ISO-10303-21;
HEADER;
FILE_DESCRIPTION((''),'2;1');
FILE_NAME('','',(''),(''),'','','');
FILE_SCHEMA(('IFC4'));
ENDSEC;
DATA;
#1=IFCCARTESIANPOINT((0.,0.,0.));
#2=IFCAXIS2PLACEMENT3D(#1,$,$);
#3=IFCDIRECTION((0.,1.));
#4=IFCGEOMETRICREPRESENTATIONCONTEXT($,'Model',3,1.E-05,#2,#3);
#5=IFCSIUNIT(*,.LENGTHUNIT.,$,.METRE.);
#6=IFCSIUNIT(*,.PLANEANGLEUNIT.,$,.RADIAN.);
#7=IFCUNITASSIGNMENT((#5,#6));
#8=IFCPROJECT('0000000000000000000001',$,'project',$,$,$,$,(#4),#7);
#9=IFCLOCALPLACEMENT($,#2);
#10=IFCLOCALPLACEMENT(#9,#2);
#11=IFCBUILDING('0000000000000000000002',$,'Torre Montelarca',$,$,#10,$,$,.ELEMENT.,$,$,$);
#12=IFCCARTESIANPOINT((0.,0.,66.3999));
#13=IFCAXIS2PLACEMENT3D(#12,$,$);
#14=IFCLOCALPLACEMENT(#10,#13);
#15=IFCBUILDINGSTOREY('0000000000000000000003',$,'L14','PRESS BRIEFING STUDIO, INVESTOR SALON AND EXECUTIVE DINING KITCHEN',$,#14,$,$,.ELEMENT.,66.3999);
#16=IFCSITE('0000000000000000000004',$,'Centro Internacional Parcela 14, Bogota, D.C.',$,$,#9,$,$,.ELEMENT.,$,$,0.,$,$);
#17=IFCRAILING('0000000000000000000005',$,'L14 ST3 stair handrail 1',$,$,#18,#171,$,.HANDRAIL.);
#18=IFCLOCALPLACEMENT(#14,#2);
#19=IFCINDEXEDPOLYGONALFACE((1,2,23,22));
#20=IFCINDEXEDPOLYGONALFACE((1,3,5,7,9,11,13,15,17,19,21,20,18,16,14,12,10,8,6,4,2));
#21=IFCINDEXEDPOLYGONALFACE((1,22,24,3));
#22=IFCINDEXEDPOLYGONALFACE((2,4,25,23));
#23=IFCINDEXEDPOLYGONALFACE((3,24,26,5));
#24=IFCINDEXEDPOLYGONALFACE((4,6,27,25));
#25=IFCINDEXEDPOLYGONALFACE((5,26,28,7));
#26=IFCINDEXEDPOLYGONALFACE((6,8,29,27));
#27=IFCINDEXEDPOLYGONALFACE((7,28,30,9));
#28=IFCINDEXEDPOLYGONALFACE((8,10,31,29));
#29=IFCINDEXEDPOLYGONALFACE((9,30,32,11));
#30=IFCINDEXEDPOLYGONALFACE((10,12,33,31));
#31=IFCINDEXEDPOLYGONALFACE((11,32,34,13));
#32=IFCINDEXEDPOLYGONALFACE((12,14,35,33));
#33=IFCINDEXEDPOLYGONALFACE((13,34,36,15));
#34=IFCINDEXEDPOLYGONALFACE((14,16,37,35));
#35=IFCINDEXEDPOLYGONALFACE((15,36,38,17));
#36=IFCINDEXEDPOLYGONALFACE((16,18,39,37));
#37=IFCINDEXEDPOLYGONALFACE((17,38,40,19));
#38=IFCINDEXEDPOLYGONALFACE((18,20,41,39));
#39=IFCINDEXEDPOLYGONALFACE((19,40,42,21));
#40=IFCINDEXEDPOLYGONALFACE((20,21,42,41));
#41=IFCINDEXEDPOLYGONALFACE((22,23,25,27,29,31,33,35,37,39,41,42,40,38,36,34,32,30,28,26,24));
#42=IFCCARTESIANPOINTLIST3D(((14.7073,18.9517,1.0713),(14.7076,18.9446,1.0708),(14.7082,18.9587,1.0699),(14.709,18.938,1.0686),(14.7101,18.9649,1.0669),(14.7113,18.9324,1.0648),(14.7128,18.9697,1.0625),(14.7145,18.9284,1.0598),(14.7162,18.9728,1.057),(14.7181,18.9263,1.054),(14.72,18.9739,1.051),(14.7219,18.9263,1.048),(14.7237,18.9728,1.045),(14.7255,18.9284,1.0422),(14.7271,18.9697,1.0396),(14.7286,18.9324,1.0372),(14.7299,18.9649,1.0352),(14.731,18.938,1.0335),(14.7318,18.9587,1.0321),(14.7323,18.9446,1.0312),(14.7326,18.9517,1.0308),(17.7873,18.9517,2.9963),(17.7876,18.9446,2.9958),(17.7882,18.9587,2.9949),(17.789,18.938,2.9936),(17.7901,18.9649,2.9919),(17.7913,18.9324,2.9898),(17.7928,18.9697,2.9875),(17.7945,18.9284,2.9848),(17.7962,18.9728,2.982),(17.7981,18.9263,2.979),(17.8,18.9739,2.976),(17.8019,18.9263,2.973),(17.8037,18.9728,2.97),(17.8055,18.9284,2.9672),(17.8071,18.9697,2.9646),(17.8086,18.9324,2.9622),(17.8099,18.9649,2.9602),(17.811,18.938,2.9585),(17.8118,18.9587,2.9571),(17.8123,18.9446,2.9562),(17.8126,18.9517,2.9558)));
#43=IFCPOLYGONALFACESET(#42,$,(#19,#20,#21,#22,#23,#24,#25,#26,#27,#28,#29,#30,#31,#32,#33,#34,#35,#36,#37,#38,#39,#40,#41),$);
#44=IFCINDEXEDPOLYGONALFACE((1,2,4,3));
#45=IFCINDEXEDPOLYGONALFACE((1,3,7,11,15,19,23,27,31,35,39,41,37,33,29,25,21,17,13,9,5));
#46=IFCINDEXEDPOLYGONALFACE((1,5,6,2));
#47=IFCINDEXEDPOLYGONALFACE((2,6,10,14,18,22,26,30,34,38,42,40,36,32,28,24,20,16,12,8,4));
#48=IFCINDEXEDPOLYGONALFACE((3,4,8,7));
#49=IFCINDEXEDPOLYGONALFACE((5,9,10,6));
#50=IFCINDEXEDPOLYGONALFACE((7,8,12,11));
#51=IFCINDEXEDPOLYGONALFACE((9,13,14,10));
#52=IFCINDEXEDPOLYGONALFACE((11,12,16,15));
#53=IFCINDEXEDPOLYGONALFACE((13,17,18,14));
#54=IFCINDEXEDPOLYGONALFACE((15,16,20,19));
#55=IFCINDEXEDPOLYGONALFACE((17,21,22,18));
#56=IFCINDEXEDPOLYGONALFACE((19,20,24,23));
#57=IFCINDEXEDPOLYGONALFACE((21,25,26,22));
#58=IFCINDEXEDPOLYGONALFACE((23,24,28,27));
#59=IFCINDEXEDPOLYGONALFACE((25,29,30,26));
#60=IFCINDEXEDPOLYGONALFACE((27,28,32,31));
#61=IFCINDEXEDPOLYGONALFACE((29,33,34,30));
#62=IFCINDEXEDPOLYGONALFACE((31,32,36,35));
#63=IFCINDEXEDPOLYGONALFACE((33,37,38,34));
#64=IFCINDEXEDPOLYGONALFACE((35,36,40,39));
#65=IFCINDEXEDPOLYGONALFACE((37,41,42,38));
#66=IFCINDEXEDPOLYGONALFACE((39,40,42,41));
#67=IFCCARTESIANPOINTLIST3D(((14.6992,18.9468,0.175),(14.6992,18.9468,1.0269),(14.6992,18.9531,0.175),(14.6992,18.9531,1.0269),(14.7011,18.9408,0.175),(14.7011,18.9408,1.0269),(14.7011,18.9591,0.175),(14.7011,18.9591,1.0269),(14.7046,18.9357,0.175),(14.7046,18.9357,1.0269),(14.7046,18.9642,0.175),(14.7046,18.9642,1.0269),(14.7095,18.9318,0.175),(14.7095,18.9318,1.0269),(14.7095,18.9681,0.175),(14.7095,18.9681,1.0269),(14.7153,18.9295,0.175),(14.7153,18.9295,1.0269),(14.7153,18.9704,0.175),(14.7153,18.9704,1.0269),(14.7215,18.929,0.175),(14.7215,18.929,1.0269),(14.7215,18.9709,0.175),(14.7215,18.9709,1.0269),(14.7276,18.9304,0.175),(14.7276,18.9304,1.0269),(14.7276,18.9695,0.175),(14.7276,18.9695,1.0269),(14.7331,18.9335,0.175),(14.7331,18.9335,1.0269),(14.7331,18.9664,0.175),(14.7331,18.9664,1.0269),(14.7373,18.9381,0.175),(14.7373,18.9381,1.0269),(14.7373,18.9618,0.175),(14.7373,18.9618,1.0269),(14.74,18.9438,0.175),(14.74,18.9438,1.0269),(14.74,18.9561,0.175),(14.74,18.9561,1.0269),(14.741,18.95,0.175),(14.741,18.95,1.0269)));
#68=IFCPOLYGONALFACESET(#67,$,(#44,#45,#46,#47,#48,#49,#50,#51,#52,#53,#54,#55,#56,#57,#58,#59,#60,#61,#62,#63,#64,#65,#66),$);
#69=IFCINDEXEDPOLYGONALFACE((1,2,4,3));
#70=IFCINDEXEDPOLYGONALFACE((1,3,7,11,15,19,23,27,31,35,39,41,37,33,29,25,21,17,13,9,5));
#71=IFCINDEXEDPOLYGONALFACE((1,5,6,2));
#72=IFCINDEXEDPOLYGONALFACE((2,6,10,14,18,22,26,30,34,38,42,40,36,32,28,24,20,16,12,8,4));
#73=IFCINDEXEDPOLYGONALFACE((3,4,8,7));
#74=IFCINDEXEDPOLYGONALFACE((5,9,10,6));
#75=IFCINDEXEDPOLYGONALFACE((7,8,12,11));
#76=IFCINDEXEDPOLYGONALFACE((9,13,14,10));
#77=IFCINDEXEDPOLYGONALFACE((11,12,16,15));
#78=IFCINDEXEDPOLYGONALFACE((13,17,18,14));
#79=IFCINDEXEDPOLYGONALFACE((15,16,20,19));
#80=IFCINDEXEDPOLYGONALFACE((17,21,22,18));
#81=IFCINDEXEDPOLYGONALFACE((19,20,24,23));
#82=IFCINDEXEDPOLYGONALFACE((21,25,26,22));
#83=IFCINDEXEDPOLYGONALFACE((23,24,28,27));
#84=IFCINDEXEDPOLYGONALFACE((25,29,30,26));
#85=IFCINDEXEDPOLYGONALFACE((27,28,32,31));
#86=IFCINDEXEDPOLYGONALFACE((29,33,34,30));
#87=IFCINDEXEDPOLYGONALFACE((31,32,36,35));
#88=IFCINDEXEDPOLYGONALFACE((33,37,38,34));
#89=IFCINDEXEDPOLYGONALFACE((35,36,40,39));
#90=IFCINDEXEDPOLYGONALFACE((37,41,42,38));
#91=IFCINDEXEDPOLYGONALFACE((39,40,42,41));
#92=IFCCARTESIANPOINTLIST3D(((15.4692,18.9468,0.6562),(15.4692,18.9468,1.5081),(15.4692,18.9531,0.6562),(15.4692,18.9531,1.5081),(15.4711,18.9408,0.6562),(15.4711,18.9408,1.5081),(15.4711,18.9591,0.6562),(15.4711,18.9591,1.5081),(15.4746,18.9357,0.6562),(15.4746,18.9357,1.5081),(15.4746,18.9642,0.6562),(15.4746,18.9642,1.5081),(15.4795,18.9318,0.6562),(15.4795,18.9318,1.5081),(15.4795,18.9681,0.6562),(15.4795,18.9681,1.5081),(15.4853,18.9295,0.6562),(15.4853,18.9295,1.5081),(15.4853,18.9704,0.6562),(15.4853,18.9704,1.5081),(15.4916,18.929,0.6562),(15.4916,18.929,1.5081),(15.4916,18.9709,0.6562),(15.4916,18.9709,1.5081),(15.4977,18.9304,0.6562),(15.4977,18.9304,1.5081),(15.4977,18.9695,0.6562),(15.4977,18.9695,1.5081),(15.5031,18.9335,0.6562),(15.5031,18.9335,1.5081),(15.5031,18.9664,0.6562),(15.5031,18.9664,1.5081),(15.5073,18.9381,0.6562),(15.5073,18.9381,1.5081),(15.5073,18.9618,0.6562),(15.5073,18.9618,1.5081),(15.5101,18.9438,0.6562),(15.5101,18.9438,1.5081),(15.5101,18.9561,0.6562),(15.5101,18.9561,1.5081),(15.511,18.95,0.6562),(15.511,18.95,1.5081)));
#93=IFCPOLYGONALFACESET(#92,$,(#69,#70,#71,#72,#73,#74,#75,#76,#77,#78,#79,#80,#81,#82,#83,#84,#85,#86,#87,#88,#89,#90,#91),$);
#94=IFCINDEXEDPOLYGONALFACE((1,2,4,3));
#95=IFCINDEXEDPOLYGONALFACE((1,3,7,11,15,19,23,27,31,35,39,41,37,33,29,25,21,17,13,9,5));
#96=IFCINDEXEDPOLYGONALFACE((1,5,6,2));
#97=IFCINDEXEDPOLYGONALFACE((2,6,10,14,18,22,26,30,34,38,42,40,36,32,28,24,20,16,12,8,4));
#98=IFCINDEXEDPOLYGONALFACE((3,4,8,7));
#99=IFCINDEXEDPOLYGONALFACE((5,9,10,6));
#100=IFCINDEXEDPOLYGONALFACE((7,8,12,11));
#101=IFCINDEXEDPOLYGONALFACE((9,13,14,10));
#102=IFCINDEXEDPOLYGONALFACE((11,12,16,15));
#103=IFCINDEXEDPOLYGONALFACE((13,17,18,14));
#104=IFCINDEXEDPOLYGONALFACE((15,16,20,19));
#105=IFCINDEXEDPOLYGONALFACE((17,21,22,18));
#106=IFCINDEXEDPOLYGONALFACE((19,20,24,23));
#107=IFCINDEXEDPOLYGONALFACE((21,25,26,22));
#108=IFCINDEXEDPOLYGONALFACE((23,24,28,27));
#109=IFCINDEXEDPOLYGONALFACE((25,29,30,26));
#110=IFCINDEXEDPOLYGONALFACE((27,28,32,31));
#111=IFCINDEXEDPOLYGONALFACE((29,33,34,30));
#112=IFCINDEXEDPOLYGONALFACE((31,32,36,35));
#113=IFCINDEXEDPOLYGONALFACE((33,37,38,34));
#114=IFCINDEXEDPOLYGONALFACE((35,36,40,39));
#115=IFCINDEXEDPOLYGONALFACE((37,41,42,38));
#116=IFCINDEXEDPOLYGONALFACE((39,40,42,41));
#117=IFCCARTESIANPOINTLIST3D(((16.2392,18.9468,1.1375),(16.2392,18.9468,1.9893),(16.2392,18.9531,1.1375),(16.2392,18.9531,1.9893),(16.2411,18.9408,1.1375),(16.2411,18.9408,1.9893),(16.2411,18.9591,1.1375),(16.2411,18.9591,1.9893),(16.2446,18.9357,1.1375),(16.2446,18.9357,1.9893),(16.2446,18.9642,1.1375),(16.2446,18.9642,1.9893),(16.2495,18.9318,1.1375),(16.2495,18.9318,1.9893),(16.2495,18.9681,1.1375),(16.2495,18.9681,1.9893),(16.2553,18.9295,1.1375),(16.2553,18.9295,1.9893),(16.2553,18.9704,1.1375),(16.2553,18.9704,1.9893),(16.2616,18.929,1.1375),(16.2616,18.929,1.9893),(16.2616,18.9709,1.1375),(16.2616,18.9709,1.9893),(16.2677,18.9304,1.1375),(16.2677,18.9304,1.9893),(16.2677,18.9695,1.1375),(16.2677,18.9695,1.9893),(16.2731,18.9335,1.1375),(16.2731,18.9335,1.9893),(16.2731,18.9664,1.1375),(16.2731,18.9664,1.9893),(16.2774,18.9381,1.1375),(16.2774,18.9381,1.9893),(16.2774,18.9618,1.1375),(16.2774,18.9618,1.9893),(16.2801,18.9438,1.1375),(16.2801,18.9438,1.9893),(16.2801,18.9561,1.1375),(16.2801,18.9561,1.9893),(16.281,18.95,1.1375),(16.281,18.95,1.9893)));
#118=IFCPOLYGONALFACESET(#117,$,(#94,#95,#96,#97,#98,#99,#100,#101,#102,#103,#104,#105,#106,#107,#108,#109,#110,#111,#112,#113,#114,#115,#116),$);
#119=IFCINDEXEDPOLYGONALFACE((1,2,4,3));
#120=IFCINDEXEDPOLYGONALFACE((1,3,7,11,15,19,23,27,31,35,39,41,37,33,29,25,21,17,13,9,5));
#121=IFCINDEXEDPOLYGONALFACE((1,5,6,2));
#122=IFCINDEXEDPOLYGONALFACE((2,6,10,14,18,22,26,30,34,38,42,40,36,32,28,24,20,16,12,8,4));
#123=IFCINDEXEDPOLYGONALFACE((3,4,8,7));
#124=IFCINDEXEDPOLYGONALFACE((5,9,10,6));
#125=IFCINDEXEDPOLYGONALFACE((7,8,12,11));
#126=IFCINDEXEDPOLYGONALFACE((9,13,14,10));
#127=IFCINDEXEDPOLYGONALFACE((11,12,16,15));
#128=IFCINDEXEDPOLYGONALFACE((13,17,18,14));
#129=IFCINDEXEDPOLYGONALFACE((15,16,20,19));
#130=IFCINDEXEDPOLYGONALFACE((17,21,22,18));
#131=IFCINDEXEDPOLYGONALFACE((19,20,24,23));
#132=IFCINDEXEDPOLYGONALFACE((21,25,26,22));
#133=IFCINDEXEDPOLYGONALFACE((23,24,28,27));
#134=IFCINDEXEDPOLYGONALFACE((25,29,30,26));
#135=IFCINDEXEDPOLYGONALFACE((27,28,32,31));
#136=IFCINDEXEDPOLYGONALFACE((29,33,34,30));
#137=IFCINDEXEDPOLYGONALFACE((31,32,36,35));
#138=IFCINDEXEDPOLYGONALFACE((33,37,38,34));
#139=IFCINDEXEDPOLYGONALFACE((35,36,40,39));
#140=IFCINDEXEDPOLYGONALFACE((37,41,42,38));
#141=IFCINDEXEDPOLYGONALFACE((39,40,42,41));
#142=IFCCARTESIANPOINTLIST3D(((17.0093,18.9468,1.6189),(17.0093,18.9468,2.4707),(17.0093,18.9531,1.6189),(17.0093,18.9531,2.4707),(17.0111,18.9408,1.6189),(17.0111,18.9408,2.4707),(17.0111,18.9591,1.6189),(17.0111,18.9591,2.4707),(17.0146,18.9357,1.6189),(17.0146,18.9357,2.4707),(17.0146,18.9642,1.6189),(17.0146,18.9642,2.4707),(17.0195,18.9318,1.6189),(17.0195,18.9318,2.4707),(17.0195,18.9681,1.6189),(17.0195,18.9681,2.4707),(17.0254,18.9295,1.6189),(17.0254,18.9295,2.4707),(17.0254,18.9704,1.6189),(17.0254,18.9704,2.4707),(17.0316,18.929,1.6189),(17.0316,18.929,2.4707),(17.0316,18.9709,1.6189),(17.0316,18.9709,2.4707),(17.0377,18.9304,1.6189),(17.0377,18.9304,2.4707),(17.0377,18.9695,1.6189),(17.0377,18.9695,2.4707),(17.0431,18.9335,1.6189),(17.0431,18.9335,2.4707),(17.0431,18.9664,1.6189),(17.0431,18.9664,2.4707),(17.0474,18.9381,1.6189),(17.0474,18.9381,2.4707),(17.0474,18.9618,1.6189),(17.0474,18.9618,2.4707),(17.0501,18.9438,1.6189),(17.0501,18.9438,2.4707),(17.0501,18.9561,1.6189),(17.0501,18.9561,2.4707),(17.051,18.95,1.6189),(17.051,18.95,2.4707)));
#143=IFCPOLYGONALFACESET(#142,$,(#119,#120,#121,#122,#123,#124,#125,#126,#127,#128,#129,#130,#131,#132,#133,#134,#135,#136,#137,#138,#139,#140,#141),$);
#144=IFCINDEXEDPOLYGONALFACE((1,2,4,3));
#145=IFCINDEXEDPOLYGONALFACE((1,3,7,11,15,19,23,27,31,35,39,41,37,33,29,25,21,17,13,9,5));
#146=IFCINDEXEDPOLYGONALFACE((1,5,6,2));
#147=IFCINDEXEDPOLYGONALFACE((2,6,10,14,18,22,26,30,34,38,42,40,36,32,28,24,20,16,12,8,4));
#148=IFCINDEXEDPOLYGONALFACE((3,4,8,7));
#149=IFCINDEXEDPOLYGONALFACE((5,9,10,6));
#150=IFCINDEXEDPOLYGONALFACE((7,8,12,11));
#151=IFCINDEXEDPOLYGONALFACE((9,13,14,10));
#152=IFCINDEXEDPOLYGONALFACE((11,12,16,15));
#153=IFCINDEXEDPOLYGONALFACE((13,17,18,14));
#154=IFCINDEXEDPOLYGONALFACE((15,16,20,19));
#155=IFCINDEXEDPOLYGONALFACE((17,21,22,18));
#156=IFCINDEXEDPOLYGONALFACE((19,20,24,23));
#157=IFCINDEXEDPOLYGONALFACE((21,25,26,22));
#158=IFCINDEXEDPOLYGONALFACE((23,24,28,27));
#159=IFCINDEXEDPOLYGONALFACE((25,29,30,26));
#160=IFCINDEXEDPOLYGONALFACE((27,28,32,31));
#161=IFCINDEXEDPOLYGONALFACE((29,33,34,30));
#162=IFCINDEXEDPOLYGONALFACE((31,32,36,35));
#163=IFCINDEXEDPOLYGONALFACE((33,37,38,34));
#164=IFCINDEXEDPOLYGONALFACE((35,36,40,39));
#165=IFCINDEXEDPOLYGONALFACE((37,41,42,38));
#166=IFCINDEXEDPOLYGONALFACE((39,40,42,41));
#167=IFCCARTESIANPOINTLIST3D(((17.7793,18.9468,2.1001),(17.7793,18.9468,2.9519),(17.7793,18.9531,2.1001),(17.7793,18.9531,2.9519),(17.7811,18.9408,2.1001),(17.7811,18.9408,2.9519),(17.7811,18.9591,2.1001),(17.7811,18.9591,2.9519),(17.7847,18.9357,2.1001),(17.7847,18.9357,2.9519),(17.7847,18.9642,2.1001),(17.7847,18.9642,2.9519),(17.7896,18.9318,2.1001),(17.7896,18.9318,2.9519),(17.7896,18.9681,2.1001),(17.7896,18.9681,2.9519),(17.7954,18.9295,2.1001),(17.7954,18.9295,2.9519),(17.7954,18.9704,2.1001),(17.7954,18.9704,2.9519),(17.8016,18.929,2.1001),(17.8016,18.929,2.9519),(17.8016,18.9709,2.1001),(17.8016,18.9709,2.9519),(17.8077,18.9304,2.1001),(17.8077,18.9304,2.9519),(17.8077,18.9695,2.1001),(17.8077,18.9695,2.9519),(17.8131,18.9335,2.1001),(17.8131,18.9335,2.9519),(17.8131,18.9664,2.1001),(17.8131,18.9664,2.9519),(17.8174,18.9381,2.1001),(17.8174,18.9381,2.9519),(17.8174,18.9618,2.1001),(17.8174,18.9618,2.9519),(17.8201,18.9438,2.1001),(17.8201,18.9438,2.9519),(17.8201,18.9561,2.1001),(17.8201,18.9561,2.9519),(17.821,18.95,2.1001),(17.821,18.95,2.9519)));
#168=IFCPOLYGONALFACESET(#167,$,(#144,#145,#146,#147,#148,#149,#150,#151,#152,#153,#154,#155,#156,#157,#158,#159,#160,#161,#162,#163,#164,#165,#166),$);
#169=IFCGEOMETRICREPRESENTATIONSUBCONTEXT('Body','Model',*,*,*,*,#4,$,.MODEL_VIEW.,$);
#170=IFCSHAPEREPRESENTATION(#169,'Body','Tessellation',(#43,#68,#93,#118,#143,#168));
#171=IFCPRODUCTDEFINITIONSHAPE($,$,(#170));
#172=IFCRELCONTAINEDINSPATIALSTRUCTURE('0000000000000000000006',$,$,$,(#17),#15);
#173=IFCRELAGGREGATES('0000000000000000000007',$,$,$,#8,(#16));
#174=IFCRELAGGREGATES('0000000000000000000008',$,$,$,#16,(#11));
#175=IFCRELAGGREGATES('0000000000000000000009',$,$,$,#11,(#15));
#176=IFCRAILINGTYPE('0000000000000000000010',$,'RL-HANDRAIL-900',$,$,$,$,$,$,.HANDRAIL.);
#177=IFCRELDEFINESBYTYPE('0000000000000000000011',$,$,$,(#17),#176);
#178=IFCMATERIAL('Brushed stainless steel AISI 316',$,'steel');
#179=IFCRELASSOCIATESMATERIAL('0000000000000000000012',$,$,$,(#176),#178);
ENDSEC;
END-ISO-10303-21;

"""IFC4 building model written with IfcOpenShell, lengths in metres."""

from ifc_helpers import new_model, si_unit, direction, frame, origin, origin_2d, place, context, subcontext, project, spatial, circle, extrude, material, type_object, element, save


model = new_model("IFC4")

# Units and contexts
model_context = context("Model", 3, precision=1e-05, world=origin(), true_north=direction((0.0, 1.0)))
body_context = subcontext(model_context, "Body", "Model", "MODEL_VIEW")
ifc_project = project(units=[si_unit("LENGTHUNIT", "METRE"), si_unit("PLANEANGLEUNIT", "RADIAN")], contexts=[model_context])

# Site, building, storey
site_placement = place(None, origin())
site = spatial("IfcSite", under=ifc_project, at=site_placement, Name="Centro Internacional Parcela 14, Bogota, D.C.", CompositionType="ELEMENT", RefElevation=0.0)
building_placement = place(site_placement, origin())
building = spatial("IfcBuilding", under=site, at=building_placement, Name="Torre Montelarca", CompositionType="ELEMENT")
storey_placement = place(building_placement, frame((0.0, 0.0, 66.3999)))
storey = spatial("IfcBuildingStorey", under=building, at=storey_placement, Name="L14", Description="PRESS BRIEFING STUDIO, INVESTOR SALON AND EXECUTIVE DINING KITCHEN", CompositionType="ELEMENT", Elevation=66.3999)

# Railing
ifc_material_1 = material(Name="Brushed stainless steel AISI 316", Category="steel")
railing_type_1 = type_object("IfcRailingType", Name="RL-HANDRAIL-900", PredefinedType="HANDRAIL", material=ifc_material_1)
railing_1_placement = place(storey_placement, frame((14.72, 18.95, 0.175)))
element("IfcRailing", 1, at=railing_1_placement, inside=storey, type_object=railing_type_1, Name="L14 ST3 stair handrail 1", PredefinedType="HANDRAIL", context=body_context, shape_type="SweptSolid", body=[
    extrude(circle(Radius=0.0239, at=origin_2d()), frame((0.0, 0.0, 0.876), z_axis=(0.847998, 0.0, 0.529999), x_axis=(0.0, 1.0, 0.0)), (0.0, 0.0, 1.0), 3.6321),
    extrude(circle(Radius=0.021, at=origin_2d()), origin(), (0.0, 0.0, 1.0), 0.8518),
    extrude(circle(Radius=0.021, at=origin_2d()), frame((0.77, 0.0, 0.4812)), (0.0, 0.0, 1.0), 0.8518),
    extrude(circle(Radius=0.021, at=origin_2d()), frame((1.54, 0.0, 0.9624)), (0.0, 0.0, 1.0), 0.8518),
    extrude(circle(Radius=0.021, at=origin_2d()), frame((2.3101, 0.0, 1.4438)), (0.0, 0.0, 1.0), 0.8518),
    extrude(circle(Radius=0.021, at=origin_2d()), frame((3.0801, 0.0, 1.925)), (0.0, 0.0, 1.0), 0.8518),
])

save(model, "model.ifc")
